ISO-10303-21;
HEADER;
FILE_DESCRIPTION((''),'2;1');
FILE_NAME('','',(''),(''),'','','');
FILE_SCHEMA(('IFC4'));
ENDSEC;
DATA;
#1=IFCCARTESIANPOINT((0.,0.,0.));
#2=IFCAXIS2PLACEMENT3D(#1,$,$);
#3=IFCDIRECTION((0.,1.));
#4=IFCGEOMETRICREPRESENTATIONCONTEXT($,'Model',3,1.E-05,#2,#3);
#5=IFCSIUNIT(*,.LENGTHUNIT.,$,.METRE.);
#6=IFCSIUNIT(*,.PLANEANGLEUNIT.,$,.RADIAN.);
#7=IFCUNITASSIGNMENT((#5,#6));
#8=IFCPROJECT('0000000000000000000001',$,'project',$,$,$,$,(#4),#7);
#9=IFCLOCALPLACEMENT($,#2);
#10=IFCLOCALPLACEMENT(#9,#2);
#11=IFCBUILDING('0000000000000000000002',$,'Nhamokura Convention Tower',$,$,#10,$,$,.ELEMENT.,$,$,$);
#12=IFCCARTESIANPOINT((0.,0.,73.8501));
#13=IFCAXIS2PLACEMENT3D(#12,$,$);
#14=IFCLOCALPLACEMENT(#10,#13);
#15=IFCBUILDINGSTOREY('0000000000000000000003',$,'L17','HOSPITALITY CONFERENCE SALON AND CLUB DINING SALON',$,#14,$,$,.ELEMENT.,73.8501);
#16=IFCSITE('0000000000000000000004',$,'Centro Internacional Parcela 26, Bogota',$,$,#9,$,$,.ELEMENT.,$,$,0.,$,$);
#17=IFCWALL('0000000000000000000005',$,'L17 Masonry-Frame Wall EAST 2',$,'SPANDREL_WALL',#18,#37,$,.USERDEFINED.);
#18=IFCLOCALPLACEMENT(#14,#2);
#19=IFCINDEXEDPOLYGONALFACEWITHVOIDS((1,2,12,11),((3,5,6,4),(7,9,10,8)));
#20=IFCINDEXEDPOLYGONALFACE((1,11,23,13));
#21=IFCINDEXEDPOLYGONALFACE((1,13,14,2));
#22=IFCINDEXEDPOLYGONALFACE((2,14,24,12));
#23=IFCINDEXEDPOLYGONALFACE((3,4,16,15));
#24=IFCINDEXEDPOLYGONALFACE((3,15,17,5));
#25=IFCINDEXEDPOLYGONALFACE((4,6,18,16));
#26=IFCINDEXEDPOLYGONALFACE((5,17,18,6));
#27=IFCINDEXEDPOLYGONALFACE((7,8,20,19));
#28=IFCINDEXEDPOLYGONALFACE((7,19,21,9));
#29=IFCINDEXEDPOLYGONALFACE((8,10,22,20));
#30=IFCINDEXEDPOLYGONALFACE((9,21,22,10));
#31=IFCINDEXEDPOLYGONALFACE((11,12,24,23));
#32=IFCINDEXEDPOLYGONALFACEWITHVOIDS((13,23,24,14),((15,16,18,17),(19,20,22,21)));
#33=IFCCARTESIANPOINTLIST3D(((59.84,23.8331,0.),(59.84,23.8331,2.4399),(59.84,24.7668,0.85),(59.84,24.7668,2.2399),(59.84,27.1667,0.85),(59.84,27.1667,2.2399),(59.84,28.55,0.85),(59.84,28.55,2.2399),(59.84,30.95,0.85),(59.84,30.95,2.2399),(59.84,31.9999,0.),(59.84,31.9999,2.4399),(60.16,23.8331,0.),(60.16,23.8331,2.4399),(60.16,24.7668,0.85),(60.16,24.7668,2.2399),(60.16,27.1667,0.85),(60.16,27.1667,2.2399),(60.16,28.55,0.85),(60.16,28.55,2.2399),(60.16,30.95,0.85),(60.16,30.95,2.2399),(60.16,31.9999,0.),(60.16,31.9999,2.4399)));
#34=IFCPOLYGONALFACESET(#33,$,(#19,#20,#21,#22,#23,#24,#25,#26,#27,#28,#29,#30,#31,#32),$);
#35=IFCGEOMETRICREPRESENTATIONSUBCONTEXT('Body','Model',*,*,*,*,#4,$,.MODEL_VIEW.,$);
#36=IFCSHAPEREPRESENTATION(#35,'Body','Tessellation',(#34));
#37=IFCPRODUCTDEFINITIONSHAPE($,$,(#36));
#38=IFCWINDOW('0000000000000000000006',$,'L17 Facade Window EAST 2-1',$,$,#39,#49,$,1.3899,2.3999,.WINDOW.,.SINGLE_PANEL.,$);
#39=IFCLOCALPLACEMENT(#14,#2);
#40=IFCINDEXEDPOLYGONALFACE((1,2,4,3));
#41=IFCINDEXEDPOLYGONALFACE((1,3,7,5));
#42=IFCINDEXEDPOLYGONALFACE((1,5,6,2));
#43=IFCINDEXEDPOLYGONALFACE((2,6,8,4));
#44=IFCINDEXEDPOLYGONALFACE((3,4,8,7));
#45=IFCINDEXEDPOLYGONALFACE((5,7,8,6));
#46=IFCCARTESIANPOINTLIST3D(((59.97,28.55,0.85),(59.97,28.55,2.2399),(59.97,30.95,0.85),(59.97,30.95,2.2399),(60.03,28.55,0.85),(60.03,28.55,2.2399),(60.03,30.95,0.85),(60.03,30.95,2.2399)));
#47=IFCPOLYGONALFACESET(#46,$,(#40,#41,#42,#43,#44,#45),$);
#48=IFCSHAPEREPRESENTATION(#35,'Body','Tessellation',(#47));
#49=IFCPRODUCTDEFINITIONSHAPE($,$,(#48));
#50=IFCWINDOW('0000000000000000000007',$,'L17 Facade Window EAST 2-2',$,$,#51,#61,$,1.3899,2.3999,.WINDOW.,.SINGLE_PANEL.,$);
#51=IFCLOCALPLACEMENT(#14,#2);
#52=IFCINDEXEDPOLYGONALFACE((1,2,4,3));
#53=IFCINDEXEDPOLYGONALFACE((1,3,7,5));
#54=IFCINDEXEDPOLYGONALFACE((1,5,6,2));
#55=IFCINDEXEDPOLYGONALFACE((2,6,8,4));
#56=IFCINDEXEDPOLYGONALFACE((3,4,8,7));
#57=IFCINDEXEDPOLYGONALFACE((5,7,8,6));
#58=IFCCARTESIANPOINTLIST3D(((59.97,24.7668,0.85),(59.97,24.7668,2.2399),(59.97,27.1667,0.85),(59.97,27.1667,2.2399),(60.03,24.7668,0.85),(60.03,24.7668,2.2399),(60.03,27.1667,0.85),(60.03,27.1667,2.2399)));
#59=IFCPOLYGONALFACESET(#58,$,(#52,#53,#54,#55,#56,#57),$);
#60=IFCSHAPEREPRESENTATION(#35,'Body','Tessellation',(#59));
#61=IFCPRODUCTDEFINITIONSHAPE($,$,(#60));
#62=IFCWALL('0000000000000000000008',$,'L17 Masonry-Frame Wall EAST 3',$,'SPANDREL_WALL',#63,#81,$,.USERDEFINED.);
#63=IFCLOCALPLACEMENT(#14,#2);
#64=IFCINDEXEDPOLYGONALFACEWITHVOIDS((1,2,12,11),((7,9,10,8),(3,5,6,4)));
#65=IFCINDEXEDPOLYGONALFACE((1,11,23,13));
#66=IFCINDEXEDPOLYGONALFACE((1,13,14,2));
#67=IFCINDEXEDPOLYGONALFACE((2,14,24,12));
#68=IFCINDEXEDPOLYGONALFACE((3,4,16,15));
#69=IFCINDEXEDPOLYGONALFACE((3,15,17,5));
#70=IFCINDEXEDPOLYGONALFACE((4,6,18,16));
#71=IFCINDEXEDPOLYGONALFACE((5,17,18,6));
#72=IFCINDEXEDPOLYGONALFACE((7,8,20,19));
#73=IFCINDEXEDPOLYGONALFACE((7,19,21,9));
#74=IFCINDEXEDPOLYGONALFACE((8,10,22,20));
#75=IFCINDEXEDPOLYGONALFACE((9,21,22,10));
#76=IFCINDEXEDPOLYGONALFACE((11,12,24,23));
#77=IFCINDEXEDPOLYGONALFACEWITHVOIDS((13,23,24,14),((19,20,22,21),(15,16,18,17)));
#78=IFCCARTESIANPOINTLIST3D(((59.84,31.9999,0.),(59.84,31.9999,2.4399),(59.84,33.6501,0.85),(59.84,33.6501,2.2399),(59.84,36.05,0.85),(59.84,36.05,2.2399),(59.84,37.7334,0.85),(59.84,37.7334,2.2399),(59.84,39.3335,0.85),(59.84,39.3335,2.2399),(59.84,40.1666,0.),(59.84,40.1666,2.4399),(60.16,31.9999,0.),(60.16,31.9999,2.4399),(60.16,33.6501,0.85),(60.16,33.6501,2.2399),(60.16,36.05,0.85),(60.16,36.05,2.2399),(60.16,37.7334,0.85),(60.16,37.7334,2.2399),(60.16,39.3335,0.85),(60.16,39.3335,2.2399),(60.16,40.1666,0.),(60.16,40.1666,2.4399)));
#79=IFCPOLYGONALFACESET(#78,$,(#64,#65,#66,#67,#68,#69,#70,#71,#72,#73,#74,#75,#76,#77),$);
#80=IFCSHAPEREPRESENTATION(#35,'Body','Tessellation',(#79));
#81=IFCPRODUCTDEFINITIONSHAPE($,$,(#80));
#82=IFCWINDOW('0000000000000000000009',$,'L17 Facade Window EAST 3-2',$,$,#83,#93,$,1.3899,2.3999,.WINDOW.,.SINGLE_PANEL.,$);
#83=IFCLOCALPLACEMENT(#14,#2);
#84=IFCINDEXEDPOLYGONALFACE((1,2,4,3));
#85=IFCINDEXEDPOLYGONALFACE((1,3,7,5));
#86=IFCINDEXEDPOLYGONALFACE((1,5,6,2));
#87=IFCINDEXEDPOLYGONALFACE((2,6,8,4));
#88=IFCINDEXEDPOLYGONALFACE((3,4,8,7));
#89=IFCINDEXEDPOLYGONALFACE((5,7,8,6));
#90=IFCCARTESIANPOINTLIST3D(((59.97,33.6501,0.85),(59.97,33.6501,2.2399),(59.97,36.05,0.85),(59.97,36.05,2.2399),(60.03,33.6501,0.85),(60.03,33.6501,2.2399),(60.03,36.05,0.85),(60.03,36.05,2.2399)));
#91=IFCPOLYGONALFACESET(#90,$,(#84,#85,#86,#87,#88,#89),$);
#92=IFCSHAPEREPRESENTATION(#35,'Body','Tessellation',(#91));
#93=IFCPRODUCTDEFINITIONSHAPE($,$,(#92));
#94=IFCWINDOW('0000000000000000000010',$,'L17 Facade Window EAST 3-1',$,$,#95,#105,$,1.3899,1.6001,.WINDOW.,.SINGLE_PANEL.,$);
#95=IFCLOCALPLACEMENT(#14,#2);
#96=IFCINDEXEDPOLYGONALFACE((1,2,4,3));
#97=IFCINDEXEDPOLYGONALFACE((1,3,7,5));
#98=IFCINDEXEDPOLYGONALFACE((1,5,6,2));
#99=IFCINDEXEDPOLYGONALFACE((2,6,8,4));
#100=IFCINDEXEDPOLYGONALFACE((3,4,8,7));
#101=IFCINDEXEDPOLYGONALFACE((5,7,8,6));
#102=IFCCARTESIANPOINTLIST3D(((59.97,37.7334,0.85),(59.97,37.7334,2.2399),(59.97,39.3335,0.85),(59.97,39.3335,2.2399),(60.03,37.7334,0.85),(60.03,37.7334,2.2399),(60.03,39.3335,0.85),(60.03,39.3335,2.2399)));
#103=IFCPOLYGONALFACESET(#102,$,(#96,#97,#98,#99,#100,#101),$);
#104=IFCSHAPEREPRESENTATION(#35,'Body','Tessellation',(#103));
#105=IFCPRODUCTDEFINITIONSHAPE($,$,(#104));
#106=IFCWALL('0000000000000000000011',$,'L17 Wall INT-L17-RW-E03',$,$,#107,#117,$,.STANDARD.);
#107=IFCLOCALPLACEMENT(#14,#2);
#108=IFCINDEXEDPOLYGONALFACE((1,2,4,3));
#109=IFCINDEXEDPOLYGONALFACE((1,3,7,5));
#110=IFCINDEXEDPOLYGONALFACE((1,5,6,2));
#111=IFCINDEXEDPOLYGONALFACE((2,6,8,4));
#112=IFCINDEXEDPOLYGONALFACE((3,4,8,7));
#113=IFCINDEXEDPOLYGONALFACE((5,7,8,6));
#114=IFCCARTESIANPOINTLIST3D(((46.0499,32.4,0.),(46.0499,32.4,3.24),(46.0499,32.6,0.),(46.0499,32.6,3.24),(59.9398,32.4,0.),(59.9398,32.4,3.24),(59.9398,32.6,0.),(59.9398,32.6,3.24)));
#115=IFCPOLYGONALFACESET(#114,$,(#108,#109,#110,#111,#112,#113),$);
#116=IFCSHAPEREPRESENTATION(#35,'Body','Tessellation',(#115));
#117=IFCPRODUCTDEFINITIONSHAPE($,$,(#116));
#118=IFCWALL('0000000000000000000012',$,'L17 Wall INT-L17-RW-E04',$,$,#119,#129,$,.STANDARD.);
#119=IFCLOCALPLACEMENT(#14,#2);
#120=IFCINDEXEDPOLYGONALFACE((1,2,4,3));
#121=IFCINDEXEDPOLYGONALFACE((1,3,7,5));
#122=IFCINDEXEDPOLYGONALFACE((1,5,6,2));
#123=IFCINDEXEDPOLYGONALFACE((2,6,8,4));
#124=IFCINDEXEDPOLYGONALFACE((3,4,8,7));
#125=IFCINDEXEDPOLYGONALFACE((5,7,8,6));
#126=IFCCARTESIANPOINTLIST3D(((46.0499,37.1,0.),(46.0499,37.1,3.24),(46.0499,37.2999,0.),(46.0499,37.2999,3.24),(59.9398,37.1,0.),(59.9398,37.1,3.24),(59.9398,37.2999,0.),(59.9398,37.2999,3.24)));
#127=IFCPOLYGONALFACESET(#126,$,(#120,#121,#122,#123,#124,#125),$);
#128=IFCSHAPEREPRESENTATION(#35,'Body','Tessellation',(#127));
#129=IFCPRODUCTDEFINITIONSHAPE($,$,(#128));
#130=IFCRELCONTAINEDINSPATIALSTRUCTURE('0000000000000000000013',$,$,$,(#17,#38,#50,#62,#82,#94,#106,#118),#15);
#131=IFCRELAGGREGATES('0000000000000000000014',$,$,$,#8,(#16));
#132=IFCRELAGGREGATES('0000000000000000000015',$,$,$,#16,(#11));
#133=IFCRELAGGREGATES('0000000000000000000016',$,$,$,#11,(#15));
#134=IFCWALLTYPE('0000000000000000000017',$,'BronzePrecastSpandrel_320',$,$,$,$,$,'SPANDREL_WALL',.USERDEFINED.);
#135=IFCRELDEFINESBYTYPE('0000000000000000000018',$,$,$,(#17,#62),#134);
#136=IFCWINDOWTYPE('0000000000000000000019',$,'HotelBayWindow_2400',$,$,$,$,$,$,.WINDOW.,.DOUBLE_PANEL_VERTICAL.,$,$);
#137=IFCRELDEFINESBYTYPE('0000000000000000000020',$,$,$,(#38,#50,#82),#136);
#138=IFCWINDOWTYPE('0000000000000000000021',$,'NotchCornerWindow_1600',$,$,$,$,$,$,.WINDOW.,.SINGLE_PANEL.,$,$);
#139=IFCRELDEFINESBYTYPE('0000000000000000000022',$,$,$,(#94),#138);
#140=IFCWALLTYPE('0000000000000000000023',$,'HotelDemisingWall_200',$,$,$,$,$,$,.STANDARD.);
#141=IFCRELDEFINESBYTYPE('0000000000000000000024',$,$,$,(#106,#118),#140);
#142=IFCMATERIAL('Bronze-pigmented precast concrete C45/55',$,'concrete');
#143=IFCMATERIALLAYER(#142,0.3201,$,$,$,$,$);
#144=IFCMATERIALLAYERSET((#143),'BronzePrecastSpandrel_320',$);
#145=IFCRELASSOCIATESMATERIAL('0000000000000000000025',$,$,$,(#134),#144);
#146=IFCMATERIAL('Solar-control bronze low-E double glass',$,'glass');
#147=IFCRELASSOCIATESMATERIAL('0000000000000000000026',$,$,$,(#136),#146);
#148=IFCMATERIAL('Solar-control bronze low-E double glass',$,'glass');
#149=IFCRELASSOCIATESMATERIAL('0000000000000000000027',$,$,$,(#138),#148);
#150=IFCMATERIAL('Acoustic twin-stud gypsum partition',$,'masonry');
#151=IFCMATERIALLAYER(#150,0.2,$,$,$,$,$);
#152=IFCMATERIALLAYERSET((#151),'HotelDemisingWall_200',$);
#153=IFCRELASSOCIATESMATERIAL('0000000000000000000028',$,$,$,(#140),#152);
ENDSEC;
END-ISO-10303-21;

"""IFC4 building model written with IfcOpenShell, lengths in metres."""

from ifc_helpers import new_model, si_unit, direction, frame, frame_2d, origin, place, context, subcontext, project, spatial, rectangle, extrude, material, layer, layer_set, type_object, element, fill, save


model = new_model("IFC4")

# Units and contexts
model_context = context("Model", 3, precision=1e-05, world=origin(), true_north=direction((0.0, 1.0)))
body_context = subcontext(model_context, "Body", "Model", "MODEL_VIEW")
ifc_project = project(units=[si_unit("LENGTHUNIT", "METRE"), si_unit("PLANEANGLEUNIT", "RADIAN")], contexts=[model_context])

# Site, building, storey
site_placement = place(None, origin())
site = spatial("IfcSite", under=ifc_project, at=site_placement, Name="Centro Internacional Parcela 26, Bogota", CompositionType="ELEMENT", RefElevation=0.0)
building_placement = place(site_placement, origin())
building = spatial("IfcBuilding", under=site, at=building_placement, Name="Nhamokura Convention Tower", CompositionType="ELEMENT")
storey_placement = place(building_placement, frame((0.0, 0.0, 73.8501)))
storey = spatial("IfcBuildingStorey", under=building, at=storey_placement, Name="L17", Description="HOSPITALITY CONFERENCE SALON AND CLUB DINING SALON", CompositionType="ELEMENT", Elevation=73.8501)

# Walls, openings, windows
ifc_material_1 = material(Name="Bronze-pigmented precast concrete C45/55", Category="concrete")
ifc_layer_1 = layer(ifc_material_1, 0.3201)
ifc_layer_set_1 = layer_set([ifc_layer_1], Name="BronzePrecastSpandrel_320")
wall_type_1 = type_object("IfcWallType", Name="BronzePrecastSpandrel_320", ElementType="SPANDREL_WALL", PredefinedType="USERDEFINED", material=ifc_layer_set_1)
wall_1_placement = place(storey_placement, frame((60.0, 32.0, 0.0), z_axis=(0.0, 0.0, 1.0), x_axis=(0.0, -1.0, 0.0)))
wall_1 = element("IfcWall", 1, at=wall_1_placement, inside=storey, type_object=wall_type_1, Name="L17 Masonry-Frame Wall EAST 2", ObjectType="SPANDREL_WALL", PredefinedType="USERDEFINED", context=body_context, shape_type="SweptSolid", body=[
    extrude(rectangle(XDim=8.1667, YDim=0.3201, at=frame_2d((4.0835, 0.0))), origin(), (0.0, 0.0, 1.0), 2.4399),
])
opening_1_placement = place(wall_1_placement, frame((1.05, 0.0, 0.8501)))
opening_1 = element("IfcOpeningElement", 2, at=opening_1_placement, cuts=wall_1, PredefinedType="OPENING", context=body_context, shape_type="SweptSolid", body=[
    extrude(rectangle(XDim=2.3999, YDim=1.3899, at=frame_2d((1.2, 0.6948))), frame((0.0, 0.1699, 0.0), z_axis=(0.0, -1.0, 0.0), x_axis=(1.0, 0.0, 0.0)), (0.0, 0.0, 1.0), 0.3401),
])
opening_2_placement = place(wall_1_placement, frame((4.8333, 0.0, 0.8501)))
opening_2 = element("IfcOpeningElement", 3, at=opening_2_placement, cuts=wall_1, PredefinedType="OPENING", context=body_context, shape_type="SweptSolid", body=[
    extrude(rectangle(XDim=2.3999, YDim=1.3899, at=frame_2d((1.2, 0.6948))), frame((0.0, 0.1699, 0.0), z_axis=(0.0, -1.0, 0.0), x_axis=(1.0, 0.0, 0.0)), (0.0, 0.0, 1.0), 0.3401),
])
ifc_material_2 = material(Name="Solar-control bronze low-E double glass", Category="glass")
window_type_1 = type_object("IfcWindowType", Name="HotelBayWindow_2400", PartitioningType="DOUBLE_PANEL_VERTICAL", PredefinedType="WINDOW", material=ifc_material_2)
window_1_placement = place(opening_1_placement, origin())
window_1 = element("IfcWindow", 4, at=window_1_placement, inside=storey, type_object=window_type_1, Name="L17 Facade Window EAST 2-1", OverallHeight=1.3899, OverallWidth=2.3999, PartitioningType="SINGLE_PANEL", PredefinedType="WINDOW", context=body_context, shape_type="SweptSolid", body=[
    extrude(rectangle(XDim=2.3999, YDim=1.3899, at=frame_2d((1.2, 0.6948))), frame((0.0, 0.03, 0.0), z_axis=(0.0, -1.0, 0.0), x_axis=(1.0, 0.0, 0.0)), (0.0, 0.0, 1.0), 0.0601),
])
fill(opening_1, window_1)
window_2_placement = place(opening_2_placement, origin())
window_2 = element("IfcWindow", 5, at=window_2_placement, inside=storey, type_object=window_type_1, Name="L17 Facade Window EAST 2-2", OverallHeight=1.3899, OverallWidth=2.3999, PartitioningType="SINGLE_PANEL", PredefinedType="WINDOW", context=body_context, shape_type="SweptSolid", body=[
    extrude(rectangle(XDim=2.3999, YDim=1.3899, at=frame_2d((1.2, 0.6948))), frame((0.0, 0.03, 0.0), z_axis=(0.0, -1.0, 0.0), x_axis=(1.0, 0.0, 0.0)), (0.0, 0.0, 1.0), 0.0601),
])
fill(opening_2, window_2)
wall_2_placement = place(storey_placement, frame((60.0, 40.1667, 0.0), z_axis=(0.0, 0.0, 1.0), x_axis=(0.0, -1.0, 0.0)))
wall_2 = element("IfcWall", 6, at=wall_2_placement, inside=storey, type_object=wall_type_1, Name="L17 Masonry-Frame Wall EAST 3", ObjectType="SPANDREL_WALL", PredefinedType="USERDEFINED", context=body_context, shape_type="SweptSolid", body=[
    extrude(rectangle(XDim=8.1667, YDim=0.3201, at=frame_2d((4.0835, 0.0))), origin(), (0.0, 0.0, 1.0), 2.4399),
])
opening_3_placement = place(wall_2_placement, frame((0.8333, 0.0, 0.8501)))
opening_3 = element("IfcOpeningElement", 7, at=opening_3_placement, cuts=wall_2, PredefinedType="OPENING", context=body_context, shape_type="SweptSolid", body=[
    extrude(rectangle(XDim=1.6001, YDim=1.3899, at=frame_2d((0.8, 0.6948))), frame((0.0, 0.1699, 0.0), z_axis=(0.0, -1.0, 0.0), x_axis=(1.0, 0.0, 0.0)), (0.0, 0.0, 1.0), 0.3401),
])
opening_4_placement = place(wall_2_placement, frame((4.1167, 0.0, 0.8501)))
opening_4 = element("IfcOpeningElement", 8, at=opening_4_placement, cuts=wall_2, PredefinedType="OPENING", context=body_context, shape_type="SweptSolid", body=[
    extrude(rectangle(XDim=2.3999, YDim=1.3899, at=frame_2d((1.2, 0.6948))), frame((0.0, 0.1699, 0.0), z_axis=(0.0, -1.0, 0.0), x_axis=(1.0, 0.0, 0.0)), (0.0, 0.0, 1.0), 0.3401),
])
window_3_placement = place(opening_4_placement, origin())
window_3 = element("IfcWindow", 9, at=window_3_placement, inside=storey, type_object=window_type_1, Name="L17 Facade Window EAST 3-2", OverallHeight=1.3899, OverallWidth=2.3999, PartitioningType="SINGLE_PANEL", PredefinedType="WINDOW", context=body_context, shape_type="SweptSolid", body=[
    extrude(rectangle(XDim=2.3999, YDim=1.3899, at=frame_2d((1.2, 0.6948))), frame((0.0, 0.03, 0.0), z_axis=(0.0, -1.0, 0.0), x_axis=(1.0, 0.0, 0.0)), (0.0, 0.0, 1.0), 0.0601),
])
fill(opening_4, window_3)
ifc_material_3 = material(Name="Solar-control bronze low-E double glass", Category="glass")
window_type_2 = type_object("IfcWindowType", Name="NotchCornerWindow_1600", PartitioningType="SINGLE_PANEL", PredefinedType="WINDOW", material=ifc_material_3)
window_4_placement = place(opening_3_placement, origin())
window_4 = element("IfcWindow", 10, at=window_4_placement, inside=storey, type_object=window_type_2, Name="L17 Facade Window EAST 3-1", OverallHeight=1.3899, OverallWidth=1.6001, PartitioningType="SINGLE_PANEL", PredefinedType="WINDOW", context=body_context, shape_type="SweptSolid", body=[
    extrude(rectangle(XDim=1.6001, YDim=1.3899, at=frame_2d((0.8, 0.6948))), frame((0.0, 0.03, 0.0), z_axis=(0.0, -1.0, 0.0), x_axis=(1.0, 0.0, 0.0)), (0.0, 0.0, 1.0), 0.0601),
])
fill(opening_3, window_4)

# Walls
ifc_material_4 = material(Name="Acoustic twin-stud gypsum partition", Category="masonry")
ifc_layer_2 = layer(ifc_material_4, 0.2)
ifc_layer_set_2 = layer_set([ifc_layer_2], Name="HotelDemisingWall_200")
wall_type_2 = type_object("IfcWallType", Name="HotelDemisingWall_200", PredefinedType="STANDARD", material=ifc_layer_set_2)
for number, where, z_axis, x_axis, name in (
    (11, (46.05, 32.5, 0.0), (0.0, 0.0, 1.0), (1.0, 0.0, 0.0), "L17 Wall INT-L17-RW-E03"),
    (12, (46.05, 37.2, 0.0), (0.0, 0.0, 1.0), (1.0, 0.0, 0.0), "L17 Wall INT-L17-RW-E04"),
):
    element("IfcWall", number, at=place(storey_placement, frame(where, z_axis=z_axis, x_axis=x_axis)), inside=storey, type_object=wall_type_2, Name=name, PredefinedType="STANDARD", context=body_context, shape_type="SweptSolid", body=[
        extrude(rectangle(XDim=13.8899, YDim=0.2, at=frame_2d((6.9448, 0.0))), origin(), (0.0, 0.0, 1.0), 3.24),
    ])

save(model, "model.ifc")
